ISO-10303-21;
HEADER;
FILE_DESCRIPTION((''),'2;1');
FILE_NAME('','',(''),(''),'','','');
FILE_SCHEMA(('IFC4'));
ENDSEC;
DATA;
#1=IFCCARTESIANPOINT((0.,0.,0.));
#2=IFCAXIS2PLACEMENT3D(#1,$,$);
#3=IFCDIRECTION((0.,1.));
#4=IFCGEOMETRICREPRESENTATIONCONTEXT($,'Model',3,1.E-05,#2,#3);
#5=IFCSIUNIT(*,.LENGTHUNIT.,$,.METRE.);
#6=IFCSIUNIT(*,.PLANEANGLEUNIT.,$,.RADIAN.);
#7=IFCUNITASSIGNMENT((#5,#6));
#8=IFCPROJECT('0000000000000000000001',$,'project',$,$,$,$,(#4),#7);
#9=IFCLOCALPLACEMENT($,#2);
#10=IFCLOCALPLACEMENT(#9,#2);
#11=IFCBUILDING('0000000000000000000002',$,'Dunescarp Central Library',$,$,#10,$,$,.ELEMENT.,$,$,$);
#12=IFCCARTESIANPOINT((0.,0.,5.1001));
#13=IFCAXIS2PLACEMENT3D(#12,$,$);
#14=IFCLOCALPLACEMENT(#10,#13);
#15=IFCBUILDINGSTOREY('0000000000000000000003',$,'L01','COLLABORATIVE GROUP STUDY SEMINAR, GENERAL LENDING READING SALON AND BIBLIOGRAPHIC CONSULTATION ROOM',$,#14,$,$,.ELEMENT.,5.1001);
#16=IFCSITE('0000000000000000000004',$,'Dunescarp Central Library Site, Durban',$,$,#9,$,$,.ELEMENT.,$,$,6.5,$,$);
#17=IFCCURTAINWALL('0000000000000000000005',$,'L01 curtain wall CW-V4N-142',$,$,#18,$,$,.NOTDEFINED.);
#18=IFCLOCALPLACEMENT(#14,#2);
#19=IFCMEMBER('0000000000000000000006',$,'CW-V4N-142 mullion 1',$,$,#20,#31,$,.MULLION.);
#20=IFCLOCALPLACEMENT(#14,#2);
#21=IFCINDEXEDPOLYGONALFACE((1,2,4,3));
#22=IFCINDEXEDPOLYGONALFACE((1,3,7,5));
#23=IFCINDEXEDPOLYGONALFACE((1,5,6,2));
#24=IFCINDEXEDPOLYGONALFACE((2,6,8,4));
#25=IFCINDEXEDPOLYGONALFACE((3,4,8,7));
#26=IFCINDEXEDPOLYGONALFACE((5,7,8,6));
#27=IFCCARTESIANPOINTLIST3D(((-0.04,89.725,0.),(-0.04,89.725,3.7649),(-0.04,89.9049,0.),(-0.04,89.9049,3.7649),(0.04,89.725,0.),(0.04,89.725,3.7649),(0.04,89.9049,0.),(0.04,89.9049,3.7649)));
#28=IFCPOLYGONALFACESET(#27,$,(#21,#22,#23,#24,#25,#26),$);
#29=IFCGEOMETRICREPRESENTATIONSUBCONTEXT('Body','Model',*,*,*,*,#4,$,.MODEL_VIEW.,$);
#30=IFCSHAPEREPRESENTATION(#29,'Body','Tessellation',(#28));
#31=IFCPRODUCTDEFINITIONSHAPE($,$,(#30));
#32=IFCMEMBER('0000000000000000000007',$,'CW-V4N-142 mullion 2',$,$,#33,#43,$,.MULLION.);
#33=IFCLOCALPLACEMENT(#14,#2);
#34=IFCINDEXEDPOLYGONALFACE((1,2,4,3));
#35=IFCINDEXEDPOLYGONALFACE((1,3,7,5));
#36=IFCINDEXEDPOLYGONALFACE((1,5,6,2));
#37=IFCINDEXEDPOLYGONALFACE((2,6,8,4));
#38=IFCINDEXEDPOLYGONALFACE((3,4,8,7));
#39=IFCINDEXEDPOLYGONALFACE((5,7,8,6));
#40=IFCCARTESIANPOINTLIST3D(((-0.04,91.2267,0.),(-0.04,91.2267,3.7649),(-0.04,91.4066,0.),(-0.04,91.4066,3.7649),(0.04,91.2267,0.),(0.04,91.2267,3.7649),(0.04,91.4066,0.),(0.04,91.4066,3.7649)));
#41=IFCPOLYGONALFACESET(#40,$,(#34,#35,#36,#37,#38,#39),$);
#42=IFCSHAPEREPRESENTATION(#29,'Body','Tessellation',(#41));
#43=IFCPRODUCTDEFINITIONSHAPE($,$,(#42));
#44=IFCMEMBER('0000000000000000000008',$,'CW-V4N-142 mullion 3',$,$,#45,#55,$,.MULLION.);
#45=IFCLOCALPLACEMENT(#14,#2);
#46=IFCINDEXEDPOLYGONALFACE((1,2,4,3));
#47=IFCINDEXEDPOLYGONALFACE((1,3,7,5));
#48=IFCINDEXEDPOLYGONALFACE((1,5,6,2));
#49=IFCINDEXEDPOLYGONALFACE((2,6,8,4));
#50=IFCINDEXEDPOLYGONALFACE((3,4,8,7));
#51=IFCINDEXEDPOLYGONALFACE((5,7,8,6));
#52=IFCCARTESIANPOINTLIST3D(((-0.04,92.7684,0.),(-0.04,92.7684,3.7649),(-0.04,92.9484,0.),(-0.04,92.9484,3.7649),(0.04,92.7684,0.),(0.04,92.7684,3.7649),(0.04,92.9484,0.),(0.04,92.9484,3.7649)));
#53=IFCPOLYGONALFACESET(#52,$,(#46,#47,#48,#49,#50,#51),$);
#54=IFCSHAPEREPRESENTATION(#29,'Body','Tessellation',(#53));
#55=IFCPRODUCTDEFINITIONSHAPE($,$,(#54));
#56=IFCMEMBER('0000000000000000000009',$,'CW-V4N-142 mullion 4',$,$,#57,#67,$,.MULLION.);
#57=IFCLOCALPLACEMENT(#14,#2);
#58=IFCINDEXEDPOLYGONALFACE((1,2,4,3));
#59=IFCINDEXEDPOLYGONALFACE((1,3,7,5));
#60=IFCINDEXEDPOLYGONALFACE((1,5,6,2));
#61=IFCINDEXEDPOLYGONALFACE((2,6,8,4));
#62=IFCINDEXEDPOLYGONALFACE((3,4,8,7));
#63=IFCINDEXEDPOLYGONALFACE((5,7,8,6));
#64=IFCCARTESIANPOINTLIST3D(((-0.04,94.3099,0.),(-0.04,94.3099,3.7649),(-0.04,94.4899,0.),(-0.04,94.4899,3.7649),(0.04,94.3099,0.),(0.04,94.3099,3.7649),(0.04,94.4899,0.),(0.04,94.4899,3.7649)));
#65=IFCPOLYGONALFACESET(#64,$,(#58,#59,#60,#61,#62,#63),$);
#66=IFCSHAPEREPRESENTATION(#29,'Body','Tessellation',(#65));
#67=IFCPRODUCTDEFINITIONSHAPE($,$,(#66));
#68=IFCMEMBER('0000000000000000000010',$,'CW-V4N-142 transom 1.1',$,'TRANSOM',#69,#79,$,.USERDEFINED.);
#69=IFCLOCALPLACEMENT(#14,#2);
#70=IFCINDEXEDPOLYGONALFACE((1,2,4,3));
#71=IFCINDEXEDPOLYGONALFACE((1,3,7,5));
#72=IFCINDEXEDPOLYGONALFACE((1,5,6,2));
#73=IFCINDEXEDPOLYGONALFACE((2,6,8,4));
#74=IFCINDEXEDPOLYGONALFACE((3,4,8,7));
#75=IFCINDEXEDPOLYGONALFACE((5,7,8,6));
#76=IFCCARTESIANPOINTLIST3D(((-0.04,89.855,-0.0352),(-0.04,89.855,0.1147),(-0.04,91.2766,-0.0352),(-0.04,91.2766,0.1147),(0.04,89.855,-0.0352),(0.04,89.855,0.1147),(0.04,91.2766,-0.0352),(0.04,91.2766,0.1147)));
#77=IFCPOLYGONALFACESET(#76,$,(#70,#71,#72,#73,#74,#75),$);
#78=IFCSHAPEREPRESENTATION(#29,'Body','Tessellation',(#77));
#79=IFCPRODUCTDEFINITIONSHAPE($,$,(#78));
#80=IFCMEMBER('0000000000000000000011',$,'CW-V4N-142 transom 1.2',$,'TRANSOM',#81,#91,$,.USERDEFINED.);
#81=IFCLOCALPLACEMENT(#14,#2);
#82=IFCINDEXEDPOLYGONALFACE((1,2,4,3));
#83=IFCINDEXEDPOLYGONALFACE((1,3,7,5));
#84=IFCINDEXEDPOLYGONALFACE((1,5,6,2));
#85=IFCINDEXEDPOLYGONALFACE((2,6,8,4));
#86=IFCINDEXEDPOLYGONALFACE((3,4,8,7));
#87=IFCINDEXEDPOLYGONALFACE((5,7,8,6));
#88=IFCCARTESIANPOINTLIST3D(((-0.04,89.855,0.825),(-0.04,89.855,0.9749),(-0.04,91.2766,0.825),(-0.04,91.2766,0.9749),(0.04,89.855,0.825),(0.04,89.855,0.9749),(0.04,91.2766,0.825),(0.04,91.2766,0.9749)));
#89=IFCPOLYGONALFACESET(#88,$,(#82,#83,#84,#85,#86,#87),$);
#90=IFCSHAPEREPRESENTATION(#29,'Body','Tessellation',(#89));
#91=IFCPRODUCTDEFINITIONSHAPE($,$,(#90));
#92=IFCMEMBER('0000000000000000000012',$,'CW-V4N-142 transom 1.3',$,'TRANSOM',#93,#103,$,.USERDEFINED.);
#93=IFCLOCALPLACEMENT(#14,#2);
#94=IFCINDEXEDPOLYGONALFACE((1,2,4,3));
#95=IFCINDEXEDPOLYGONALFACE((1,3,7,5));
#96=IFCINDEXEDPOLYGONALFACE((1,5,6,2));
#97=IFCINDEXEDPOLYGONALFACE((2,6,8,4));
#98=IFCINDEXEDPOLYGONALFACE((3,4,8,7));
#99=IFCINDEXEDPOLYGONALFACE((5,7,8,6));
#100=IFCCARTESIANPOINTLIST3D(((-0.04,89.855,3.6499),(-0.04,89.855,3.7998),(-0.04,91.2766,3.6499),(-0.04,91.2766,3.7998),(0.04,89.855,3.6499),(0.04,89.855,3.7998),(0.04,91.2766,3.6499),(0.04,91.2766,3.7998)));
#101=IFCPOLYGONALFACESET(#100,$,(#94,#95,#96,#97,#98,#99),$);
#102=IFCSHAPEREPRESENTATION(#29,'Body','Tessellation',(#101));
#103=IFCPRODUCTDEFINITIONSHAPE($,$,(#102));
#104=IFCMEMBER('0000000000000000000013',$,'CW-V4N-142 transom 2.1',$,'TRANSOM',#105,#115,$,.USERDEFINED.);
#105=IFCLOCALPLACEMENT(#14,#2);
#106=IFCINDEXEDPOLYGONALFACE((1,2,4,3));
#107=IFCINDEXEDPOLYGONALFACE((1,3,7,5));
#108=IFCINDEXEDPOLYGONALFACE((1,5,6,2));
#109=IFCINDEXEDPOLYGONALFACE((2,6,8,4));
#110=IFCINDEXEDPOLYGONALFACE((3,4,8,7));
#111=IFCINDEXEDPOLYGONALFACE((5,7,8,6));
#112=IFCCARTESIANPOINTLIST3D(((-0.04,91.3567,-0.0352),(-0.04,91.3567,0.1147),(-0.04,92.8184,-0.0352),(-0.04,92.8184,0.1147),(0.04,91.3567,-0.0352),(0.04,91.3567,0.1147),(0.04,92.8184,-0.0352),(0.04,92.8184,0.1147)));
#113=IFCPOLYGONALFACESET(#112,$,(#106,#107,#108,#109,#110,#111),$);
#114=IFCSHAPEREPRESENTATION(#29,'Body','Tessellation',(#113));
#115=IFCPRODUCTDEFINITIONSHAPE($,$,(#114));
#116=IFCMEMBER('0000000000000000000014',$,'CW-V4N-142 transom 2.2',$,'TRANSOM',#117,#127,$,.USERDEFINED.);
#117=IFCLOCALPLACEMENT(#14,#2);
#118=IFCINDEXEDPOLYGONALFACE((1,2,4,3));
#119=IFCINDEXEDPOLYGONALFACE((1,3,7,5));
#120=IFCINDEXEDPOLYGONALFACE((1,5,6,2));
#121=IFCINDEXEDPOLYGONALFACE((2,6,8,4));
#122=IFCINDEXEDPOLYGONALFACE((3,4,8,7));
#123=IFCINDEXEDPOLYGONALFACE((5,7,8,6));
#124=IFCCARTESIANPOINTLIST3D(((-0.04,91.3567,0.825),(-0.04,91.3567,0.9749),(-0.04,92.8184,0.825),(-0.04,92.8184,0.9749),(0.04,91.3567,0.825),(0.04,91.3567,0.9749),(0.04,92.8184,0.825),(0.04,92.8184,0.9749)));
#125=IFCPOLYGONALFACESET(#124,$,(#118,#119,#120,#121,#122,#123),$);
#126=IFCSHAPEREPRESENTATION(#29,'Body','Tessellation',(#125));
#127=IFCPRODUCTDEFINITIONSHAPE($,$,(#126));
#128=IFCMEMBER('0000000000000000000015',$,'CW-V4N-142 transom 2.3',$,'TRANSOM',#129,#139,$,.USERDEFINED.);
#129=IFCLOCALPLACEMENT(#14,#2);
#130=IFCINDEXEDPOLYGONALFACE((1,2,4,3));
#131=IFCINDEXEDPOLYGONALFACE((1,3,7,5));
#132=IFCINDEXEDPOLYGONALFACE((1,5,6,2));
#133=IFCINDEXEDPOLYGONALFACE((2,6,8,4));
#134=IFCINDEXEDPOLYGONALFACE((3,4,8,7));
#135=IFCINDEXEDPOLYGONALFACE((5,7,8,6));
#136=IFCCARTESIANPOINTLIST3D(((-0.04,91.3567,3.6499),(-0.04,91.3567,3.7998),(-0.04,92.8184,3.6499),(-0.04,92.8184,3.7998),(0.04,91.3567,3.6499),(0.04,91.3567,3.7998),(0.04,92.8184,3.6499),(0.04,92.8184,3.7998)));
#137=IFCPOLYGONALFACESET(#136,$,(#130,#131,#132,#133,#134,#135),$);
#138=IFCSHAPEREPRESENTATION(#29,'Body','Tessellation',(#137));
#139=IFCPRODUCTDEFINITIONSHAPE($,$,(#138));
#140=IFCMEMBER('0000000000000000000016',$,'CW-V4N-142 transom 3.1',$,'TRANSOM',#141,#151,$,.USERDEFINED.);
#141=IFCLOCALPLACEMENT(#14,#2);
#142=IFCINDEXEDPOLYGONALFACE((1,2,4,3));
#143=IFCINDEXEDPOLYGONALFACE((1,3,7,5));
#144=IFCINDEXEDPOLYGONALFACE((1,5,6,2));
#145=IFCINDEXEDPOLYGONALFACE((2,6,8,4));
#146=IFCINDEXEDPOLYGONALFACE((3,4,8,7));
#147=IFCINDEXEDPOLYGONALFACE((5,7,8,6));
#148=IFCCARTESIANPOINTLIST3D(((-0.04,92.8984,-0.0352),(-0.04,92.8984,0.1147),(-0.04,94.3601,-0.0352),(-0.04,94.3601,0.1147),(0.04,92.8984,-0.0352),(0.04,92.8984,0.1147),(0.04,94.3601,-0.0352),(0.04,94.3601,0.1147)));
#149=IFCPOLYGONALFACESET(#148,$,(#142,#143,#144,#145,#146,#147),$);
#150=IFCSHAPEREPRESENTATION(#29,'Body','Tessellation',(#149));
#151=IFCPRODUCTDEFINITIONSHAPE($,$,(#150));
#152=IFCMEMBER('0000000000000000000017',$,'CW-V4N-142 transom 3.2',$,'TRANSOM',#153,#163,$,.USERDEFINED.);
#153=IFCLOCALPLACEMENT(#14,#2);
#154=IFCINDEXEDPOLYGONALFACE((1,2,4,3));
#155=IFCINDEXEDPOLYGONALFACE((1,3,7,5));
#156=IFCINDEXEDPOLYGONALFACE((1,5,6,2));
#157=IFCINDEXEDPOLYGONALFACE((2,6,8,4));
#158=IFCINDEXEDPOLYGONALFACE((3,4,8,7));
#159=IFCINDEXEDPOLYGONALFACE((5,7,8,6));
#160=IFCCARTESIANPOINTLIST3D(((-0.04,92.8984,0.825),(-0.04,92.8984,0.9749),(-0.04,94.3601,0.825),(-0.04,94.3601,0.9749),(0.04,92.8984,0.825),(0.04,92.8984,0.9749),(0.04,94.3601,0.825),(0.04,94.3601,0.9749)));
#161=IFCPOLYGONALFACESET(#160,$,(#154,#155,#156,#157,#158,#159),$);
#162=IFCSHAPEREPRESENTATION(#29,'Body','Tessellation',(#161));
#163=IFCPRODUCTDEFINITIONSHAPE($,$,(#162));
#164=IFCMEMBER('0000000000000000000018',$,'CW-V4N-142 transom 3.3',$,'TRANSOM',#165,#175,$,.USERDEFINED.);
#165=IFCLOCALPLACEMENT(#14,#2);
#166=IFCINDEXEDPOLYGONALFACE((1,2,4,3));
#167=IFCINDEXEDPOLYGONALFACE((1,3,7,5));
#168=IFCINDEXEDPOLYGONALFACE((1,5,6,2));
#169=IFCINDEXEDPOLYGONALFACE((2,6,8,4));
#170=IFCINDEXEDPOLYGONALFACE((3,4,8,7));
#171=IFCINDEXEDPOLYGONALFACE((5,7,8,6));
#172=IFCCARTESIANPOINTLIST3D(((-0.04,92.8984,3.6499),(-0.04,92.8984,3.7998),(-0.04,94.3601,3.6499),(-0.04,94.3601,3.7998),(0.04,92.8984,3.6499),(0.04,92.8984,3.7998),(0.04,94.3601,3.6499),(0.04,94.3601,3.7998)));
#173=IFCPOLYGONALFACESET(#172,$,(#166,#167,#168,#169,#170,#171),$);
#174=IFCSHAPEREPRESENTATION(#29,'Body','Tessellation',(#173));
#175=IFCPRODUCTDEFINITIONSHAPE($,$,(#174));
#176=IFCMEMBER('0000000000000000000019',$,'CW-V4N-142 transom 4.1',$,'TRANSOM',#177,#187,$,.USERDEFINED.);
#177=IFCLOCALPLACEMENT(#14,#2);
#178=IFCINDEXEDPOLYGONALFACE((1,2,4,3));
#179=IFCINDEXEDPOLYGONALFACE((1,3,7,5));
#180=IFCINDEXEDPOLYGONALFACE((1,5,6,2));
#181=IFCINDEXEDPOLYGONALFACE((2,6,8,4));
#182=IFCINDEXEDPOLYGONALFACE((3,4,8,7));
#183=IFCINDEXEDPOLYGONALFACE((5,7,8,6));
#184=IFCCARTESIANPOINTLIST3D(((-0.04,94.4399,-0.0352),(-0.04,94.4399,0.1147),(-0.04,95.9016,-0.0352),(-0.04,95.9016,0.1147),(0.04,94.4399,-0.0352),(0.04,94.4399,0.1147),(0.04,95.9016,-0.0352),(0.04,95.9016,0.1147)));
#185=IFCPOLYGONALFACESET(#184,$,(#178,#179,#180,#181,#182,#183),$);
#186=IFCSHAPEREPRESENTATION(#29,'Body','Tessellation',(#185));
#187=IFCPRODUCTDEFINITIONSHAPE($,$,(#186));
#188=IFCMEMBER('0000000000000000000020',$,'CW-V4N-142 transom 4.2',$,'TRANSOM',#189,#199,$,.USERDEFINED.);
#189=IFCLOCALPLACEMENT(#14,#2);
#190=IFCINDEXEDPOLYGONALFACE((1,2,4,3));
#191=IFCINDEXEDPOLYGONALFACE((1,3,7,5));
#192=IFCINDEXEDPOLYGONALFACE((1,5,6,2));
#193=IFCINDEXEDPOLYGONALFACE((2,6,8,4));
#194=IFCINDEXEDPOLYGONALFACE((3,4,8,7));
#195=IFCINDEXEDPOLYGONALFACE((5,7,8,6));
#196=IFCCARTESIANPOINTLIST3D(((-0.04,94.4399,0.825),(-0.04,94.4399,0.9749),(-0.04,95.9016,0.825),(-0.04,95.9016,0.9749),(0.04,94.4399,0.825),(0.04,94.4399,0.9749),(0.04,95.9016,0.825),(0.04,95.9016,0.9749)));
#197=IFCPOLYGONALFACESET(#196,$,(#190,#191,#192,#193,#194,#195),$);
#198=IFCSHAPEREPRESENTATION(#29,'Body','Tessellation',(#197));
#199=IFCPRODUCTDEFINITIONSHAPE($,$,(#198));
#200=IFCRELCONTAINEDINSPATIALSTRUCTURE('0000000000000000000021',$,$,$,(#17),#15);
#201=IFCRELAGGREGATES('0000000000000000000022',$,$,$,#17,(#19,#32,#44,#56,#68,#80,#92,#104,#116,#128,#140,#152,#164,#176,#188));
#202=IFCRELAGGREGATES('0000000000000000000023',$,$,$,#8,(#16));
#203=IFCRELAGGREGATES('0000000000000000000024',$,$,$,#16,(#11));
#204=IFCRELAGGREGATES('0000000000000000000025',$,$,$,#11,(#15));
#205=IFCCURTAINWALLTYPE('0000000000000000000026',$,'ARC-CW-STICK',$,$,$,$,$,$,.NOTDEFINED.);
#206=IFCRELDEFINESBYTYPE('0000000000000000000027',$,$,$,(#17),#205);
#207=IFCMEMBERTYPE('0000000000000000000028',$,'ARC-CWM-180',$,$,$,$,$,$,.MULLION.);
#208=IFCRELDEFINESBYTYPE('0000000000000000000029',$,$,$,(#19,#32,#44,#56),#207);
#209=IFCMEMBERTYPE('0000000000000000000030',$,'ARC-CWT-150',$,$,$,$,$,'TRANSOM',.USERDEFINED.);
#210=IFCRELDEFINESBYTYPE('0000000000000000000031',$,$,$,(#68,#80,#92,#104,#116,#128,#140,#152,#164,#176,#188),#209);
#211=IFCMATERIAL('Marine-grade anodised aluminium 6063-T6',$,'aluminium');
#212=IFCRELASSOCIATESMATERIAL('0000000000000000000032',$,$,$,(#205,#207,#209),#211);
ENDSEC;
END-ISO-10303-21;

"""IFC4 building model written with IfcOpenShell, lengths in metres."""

from ifc_helpers import new_model, si_unit, direction, frame, origin, origin_2d, place, context, subcontext, project, spatial, rectangle, extrude, material, material_profile, profile_set, type_object, element, aggregate, save


model = new_model("IFC4")

# Units and contexts
model_context = context("Model", 3, precision=1e-05, world=origin(), true_north=direction((0.0, 1.0)))
body_context = subcontext(model_context, "Body", "Model", "MODEL_VIEW")
ifc_project = project(units=[si_unit("LENGTHUNIT", "METRE"), si_unit("PLANEANGLEUNIT", "RADIAN")], contexts=[model_context])

# Site, building, storey
site_placement = place(None, origin())
site = spatial("IfcSite", under=ifc_project, at=site_placement, Name="Dunescarp Central Library Site, Durban", CompositionType="ELEMENT", RefElevation=6.5)
building_placement = place(site_placement, origin())
building = spatial("IfcBuilding", under=site, at=building_placement, Name="Dunescarp Central Library", CompositionType="ELEMENT")
storey_placement = place(building_placement, frame((0.0, 0.0, 5.1001)))
storey = spatial("IfcBuildingStorey", under=building, at=storey_placement, Name="L01", Description="COLLABORATIVE GROUP STUDY SEMINAR, GENERAL LENDING READING SALON AND BIBLIOGRAPHIC CONSULTATION ROOM", CompositionType="ELEMENT", Elevation=5.1001)

# Curtain wall, members
ifc_material_1 = material(Name="Marine-grade anodised aluminium 6063-T6", Category="aluminium")
curtain_wall_type = type_object("IfcCurtainWallType", Name="ARC-CW-STICK", PredefinedType="NOTDEFINED", material=ifc_material_1)
curtain_wall_placement = place(storey_placement, origin())
curtain_wall = element("IfcCurtainWall", 1, at=curtain_wall_placement, inside=storey, type_object=curtain_wall_type, Name="L01 curtain wall CW-V4N-142", PredefinedType="NOTDEFINED")
ifc_material_profile_1 = material_profile(ifc_material_1, rectangle(XDim=0.0801, YDim=0.1799, at=origin_2d()), Name="AL 80x180")
ifc_profile_set_1 = profile_set([ifc_material_profile_1], Name="Marine-grade anodised aluminium 6063-T6")
member_type_1 = type_object("IfcMemberType", Name="ARC-CWM-180", PredefinedType="MULLION", material=ifc_profile_set_1)
member_1_placement = place(storey_placement, frame((0.0, 89.8149, 0.0), z_axis=(0.0, 0.0, 1.0), x_axis=(-1.0, 0.0, 0.0)))
member_1 = element("IfcMember", 2, at=member_1_placement, type_object=member_type_1, Name="CW-V4N-142 mullion 1", PredefinedType="MULLION", context=body_context, shape_type="SweptSolid", body=[
    extrude(rectangle(XDim=0.0801, YDim=0.1799, at=origin_2d()), origin(), (0.0, 0.0, 1.0), 3.7649),
])
member_2_placement = place(storey_placement, frame((0.0, 91.3167, 0.0), z_axis=(0.0, 0.0, 1.0), x_axis=(-1.0, 0.0, 0.0)))
member_2 = element("IfcMember", 3, at=member_2_placement, type_object=member_type_1, Name="CW-V4N-142 mullion 2", PredefinedType="MULLION", context=body_context, shape_type="SweptSolid", body=[
    extrude(rectangle(XDim=0.0801, YDim=0.1799, at=origin_2d()), origin(), (0.0, 0.0, 1.0), 3.7649),
])
member_3_placement = place(storey_placement, frame((0.0, 92.8584, 0.0), z_axis=(0.0, 0.0, 1.0), x_axis=(-1.0, 0.0, 0.0)))
member_3 = element("IfcMember", 4, at=member_3_placement, type_object=member_type_1, Name="CW-V4N-142 mullion 3", PredefinedType="MULLION", context=body_context, shape_type="SweptSolid", body=[
    extrude(rectangle(XDim=0.0801, YDim=0.1799, at=origin_2d()), origin(), (0.0, 0.0, 1.0), 3.7649),
])
member_4_placement = place(storey_placement, frame((0.0, 94.3999, 0.0), z_axis=(0.0, 0.0, 1.0), x_axis=(-1.0, 0.0, 0.0)))
member_4 = element("IfcMember", 5, at=member_4_placement, type_object=member_type_1, Name="CW-V4N-142 mullion 4", PredefinedType="MULLION", context=body_context, shape_type="SweptSolid", body=[
    extrude(rectangle(XDim=0.0801, YDim=0.1799, at=origin_2d()), origin(), (0.0, 0.0, 1.0), 3.7649),
])
ifc_material_profile_2 = material_profile(ifc_material_1, rectangle(XDim=0.0801, YDim=0.1499, at=origin_2d()), Name="AL 80x150")
ifc_profile_set_2 = profile_set([ifc_material_profile_2], Name="Marine-grade anodised aluminium 6063-T6")
member_type_2 = type_object("IfcMemberType", Name="ARC-CWT-150", ElementType="TRANSOM", PredefinedType="USERDEFINED", material=ifc_profile_set_2)
member_5_placement = place(storey_placement, frame((0.0, 89.855, 0.0398), z_axis=(0.0, 1.0, 0.0), x_axis=(-1.0, 0.0, 0.0)))
member_5 = element("IfcMember", 6, at=member_5_placement, type_object=member_type_2, Name="CW-V4N-142 transom 1.1", ObjectType="TRANSOM", PredefinedType="USERDEFINED", context=body_context, shape_type="SweptSolid", body=[
    extrude(rectangle(XDim=0.0801, YDim=0.1499, at=origin_2d()), origin(), (0.0, 0.0, 1.0), 1.4216),
])
member_6_placement = place(storey_placement, frame((0.0, 89.855, 0.8999), z_axis=(0.0, 1.0, 0.0), x_axis=(-1.0, 0.0, 0.0)))
member_6 = element("IfcMember", 7, at=member_6_placement, type_object=member_type_2, Name="CW-V4N-142 transom 1.2", ObjectType="TRANSOM", PredefinedType="USERDEFINED", context=body_context, shape_type="SweptSolid", body=[
    extrude(rectangle(XDim=0.0801, YDim=0.1499, at=origin_2d()), origin(), (0.0, 0.0, 1.0), 1.4216),
])
member_7_placement = place(storey_placement, frame((0.0, 89.855, 3.7249), z_axis=(0.0, 1.0, 0.0), x_axis=(-1.0, 0.0, 0.0)))
member_7 = element("IfcMember", 8, at=member_7_placement, type_object=member_type_2, Name="CW-V4N-142 transom 1.3", ObjectType="TRANSOM", PredefinedType="USERDEFINED", context=body_context, shape_type="SweptSolid", body=[
    extrude(rectangle(XDim=0.0801, YDim=0.1499, at=origin_2d()), origin(), (0.0, 0.0, 1.0), 1.4216),
])
member_8_placement = place(storey_placement, frame((0.0, 91.3567, 0.0398), z_axis=(0.0, 1.0, 0.0), x_axis=(-1.0, 0.0, 0.0)))
member_8 = element("IfcMember", 9, at=member_8_placement, type_object=member_type_2, Name="CW-V4N-142 transom 2.1", ObjectType="TRANSOM", PredefinedType="USERDEFINED", context=body_context, shape_type="SweptSolid", body=[
    extrude(rectangle(XDim=0.0801, YDim=0.1499, at=origin_2d()), origin(), (0.0, 0.0, 1.0), 1.4617),
])
member_9_placement = place(storey_placement, frame((0.0, 91.3567, 0.8999), z_axis=(0.0, 1.0, 0.0), x_axis=(-1.0, 0.0, 0.0)))
member_9 = element("IfcMember", 10, at=member_9_placement, type_object=member_type_2, Name="CW-V4N-142 transom 2.2", ObjectType="TRANSOM", PredefinedType="USERDEFINED", context=body_context, shape_type="SweptSolid", body=[
    extrude(rectangle(XDim=0.0801, YDim=0.1499, at=origin_2d()), origin(), (0.0, 0.0, 1.0), 1.4617),
])
member_10_placement = place(storey_placement, frame((0.0, 91.3567, 3.7249), z_axis=(0.0, 1.0, 0.0), x_axis=(-1.0, 0.0, 0.0)))
member_10 = element("IfcMember", 11, at=member_10_placement, type_object=member_type_2, Name="CW-V4N-142 transom 2.3", ObjectType="TRANSOM", PredefinedType="USERDEFINED", context=body_context, shape_type="SweptSolid", body=[
    extrude(rectangle(XDim=0.0801, YDim=0.1499, at=origin_2d()), origin(), (0.0, 0.0, 1.0), 1.4617),
])
member_11_placement = place(storey_placement, frame((0.0, 92.8984, 0.0398), z_axis=(0.0, 1.0, 0.0), x_axis=(-1.0, 0.0, 0.0)))
member_11 = element("IfcMember", 12, at=member_11_placement, type_object=member_type_2, Name="CW-V4N-142 transom 3.1", ObjectType="TRANSOM", PredefinedType="USERDEFINED", context=body_context, shape_type="SweptSolid", body=[
    extrude(rectangle(XDim=0.0801, YDim=0.1499, at=origin_2d()), origin(), (0.0, 0.0, 1.0), 1.4617),
])
member_12_placement = place(storey_placement, frame((0.0, 92.8984, 0.8999), z_axis=(0.0, 1.0, 0.0), x_axis=(-1.0, 0.0, 0.0)))
member_12 = element("IfcMember", 13, at=member_12_placement, type_object=member_type_2, Name="CW-V4N-142 transom 3.2", ObjectType="TRANSOM", PredefinedType="USERDEFINED", context=body_context, shape_type="SweptSolid", body=[
    extrude(rectangle(XDim=0.0801, YDim=0.1499, at=origin_2d()), origin(), (0.0, 0.0, 1.0), 1.4617),
])
member_13_placement = place(storey_placement, frame((0.0, 92.8984, 3.7249), z_axis=(0.0, 1.0, 0.0), x_axis=(-1.0, 0.0, 0.0)))
member_13 = element("IfcMember", 14, at=member_13_placement, type_object=member_type_2, Name="CW-V4N-142 transom 3.3", ObjectType="TRANSOM", PredefinedType="USERDEFINED", context=body_context, shape_type="SweptSolid", body=[
    extrude(rectangle(XDim=0.0801, YDim=0.1499, at=origin_2d()), origin(), (0.0, 0.0, 1.0), 1.4617),
])
member_14_placement = place(storey_placement, frame((0.0, 94.4399, 0.0398), z_axis=(0.0, 1.0, 0.0), x_axis=(-1.0, 0.0, 0.0)))
member_14 = element("IfcMember", 15, at=member_14_placement, type_object=member_type_2, Name="CW-V4N-142 transom 4.1", ObjectType="TRANSOM", PredefinedType="USERDEFINED", context=body_context, shape_type="SweptSolid", body=[
    extrude(rectangle(XDim=0.0801, YDim=0.1499, at=origin_2d()), origin(), (0.0, 0.0, 1.0), 1.4617),
])
member_15_placement = place(storey_placement, frame((0.0, 94.4399, 0.8999), z_axis=(0.0, 1.0, 0.0), x_axis=(-1.0, 0.0, 0.0)))
member_15 = element("IfcMember", 16, at=member_15_placement, type_object=member_type_2, Name="CW-V4N-142 transom 4.2", ObjectType="TRANSOM", PredefinedType="USERDEFINED", context=body_context, shape_type="SweptSolid", body=[
    extrude(rectangle(XDim=0.0801, YDim=0.1499, at=origin_2d()), origin(), (0.0, 0.0, 1.0), 1.4617),
])

aggregate(curtain_wall, [member_1, member_2, member_3, member_4, member_5, member_6, member_7, member_8, member_9, member_10, member_11, member_12, member_13, member_14, member_15])

save(model, "model.ifc")
